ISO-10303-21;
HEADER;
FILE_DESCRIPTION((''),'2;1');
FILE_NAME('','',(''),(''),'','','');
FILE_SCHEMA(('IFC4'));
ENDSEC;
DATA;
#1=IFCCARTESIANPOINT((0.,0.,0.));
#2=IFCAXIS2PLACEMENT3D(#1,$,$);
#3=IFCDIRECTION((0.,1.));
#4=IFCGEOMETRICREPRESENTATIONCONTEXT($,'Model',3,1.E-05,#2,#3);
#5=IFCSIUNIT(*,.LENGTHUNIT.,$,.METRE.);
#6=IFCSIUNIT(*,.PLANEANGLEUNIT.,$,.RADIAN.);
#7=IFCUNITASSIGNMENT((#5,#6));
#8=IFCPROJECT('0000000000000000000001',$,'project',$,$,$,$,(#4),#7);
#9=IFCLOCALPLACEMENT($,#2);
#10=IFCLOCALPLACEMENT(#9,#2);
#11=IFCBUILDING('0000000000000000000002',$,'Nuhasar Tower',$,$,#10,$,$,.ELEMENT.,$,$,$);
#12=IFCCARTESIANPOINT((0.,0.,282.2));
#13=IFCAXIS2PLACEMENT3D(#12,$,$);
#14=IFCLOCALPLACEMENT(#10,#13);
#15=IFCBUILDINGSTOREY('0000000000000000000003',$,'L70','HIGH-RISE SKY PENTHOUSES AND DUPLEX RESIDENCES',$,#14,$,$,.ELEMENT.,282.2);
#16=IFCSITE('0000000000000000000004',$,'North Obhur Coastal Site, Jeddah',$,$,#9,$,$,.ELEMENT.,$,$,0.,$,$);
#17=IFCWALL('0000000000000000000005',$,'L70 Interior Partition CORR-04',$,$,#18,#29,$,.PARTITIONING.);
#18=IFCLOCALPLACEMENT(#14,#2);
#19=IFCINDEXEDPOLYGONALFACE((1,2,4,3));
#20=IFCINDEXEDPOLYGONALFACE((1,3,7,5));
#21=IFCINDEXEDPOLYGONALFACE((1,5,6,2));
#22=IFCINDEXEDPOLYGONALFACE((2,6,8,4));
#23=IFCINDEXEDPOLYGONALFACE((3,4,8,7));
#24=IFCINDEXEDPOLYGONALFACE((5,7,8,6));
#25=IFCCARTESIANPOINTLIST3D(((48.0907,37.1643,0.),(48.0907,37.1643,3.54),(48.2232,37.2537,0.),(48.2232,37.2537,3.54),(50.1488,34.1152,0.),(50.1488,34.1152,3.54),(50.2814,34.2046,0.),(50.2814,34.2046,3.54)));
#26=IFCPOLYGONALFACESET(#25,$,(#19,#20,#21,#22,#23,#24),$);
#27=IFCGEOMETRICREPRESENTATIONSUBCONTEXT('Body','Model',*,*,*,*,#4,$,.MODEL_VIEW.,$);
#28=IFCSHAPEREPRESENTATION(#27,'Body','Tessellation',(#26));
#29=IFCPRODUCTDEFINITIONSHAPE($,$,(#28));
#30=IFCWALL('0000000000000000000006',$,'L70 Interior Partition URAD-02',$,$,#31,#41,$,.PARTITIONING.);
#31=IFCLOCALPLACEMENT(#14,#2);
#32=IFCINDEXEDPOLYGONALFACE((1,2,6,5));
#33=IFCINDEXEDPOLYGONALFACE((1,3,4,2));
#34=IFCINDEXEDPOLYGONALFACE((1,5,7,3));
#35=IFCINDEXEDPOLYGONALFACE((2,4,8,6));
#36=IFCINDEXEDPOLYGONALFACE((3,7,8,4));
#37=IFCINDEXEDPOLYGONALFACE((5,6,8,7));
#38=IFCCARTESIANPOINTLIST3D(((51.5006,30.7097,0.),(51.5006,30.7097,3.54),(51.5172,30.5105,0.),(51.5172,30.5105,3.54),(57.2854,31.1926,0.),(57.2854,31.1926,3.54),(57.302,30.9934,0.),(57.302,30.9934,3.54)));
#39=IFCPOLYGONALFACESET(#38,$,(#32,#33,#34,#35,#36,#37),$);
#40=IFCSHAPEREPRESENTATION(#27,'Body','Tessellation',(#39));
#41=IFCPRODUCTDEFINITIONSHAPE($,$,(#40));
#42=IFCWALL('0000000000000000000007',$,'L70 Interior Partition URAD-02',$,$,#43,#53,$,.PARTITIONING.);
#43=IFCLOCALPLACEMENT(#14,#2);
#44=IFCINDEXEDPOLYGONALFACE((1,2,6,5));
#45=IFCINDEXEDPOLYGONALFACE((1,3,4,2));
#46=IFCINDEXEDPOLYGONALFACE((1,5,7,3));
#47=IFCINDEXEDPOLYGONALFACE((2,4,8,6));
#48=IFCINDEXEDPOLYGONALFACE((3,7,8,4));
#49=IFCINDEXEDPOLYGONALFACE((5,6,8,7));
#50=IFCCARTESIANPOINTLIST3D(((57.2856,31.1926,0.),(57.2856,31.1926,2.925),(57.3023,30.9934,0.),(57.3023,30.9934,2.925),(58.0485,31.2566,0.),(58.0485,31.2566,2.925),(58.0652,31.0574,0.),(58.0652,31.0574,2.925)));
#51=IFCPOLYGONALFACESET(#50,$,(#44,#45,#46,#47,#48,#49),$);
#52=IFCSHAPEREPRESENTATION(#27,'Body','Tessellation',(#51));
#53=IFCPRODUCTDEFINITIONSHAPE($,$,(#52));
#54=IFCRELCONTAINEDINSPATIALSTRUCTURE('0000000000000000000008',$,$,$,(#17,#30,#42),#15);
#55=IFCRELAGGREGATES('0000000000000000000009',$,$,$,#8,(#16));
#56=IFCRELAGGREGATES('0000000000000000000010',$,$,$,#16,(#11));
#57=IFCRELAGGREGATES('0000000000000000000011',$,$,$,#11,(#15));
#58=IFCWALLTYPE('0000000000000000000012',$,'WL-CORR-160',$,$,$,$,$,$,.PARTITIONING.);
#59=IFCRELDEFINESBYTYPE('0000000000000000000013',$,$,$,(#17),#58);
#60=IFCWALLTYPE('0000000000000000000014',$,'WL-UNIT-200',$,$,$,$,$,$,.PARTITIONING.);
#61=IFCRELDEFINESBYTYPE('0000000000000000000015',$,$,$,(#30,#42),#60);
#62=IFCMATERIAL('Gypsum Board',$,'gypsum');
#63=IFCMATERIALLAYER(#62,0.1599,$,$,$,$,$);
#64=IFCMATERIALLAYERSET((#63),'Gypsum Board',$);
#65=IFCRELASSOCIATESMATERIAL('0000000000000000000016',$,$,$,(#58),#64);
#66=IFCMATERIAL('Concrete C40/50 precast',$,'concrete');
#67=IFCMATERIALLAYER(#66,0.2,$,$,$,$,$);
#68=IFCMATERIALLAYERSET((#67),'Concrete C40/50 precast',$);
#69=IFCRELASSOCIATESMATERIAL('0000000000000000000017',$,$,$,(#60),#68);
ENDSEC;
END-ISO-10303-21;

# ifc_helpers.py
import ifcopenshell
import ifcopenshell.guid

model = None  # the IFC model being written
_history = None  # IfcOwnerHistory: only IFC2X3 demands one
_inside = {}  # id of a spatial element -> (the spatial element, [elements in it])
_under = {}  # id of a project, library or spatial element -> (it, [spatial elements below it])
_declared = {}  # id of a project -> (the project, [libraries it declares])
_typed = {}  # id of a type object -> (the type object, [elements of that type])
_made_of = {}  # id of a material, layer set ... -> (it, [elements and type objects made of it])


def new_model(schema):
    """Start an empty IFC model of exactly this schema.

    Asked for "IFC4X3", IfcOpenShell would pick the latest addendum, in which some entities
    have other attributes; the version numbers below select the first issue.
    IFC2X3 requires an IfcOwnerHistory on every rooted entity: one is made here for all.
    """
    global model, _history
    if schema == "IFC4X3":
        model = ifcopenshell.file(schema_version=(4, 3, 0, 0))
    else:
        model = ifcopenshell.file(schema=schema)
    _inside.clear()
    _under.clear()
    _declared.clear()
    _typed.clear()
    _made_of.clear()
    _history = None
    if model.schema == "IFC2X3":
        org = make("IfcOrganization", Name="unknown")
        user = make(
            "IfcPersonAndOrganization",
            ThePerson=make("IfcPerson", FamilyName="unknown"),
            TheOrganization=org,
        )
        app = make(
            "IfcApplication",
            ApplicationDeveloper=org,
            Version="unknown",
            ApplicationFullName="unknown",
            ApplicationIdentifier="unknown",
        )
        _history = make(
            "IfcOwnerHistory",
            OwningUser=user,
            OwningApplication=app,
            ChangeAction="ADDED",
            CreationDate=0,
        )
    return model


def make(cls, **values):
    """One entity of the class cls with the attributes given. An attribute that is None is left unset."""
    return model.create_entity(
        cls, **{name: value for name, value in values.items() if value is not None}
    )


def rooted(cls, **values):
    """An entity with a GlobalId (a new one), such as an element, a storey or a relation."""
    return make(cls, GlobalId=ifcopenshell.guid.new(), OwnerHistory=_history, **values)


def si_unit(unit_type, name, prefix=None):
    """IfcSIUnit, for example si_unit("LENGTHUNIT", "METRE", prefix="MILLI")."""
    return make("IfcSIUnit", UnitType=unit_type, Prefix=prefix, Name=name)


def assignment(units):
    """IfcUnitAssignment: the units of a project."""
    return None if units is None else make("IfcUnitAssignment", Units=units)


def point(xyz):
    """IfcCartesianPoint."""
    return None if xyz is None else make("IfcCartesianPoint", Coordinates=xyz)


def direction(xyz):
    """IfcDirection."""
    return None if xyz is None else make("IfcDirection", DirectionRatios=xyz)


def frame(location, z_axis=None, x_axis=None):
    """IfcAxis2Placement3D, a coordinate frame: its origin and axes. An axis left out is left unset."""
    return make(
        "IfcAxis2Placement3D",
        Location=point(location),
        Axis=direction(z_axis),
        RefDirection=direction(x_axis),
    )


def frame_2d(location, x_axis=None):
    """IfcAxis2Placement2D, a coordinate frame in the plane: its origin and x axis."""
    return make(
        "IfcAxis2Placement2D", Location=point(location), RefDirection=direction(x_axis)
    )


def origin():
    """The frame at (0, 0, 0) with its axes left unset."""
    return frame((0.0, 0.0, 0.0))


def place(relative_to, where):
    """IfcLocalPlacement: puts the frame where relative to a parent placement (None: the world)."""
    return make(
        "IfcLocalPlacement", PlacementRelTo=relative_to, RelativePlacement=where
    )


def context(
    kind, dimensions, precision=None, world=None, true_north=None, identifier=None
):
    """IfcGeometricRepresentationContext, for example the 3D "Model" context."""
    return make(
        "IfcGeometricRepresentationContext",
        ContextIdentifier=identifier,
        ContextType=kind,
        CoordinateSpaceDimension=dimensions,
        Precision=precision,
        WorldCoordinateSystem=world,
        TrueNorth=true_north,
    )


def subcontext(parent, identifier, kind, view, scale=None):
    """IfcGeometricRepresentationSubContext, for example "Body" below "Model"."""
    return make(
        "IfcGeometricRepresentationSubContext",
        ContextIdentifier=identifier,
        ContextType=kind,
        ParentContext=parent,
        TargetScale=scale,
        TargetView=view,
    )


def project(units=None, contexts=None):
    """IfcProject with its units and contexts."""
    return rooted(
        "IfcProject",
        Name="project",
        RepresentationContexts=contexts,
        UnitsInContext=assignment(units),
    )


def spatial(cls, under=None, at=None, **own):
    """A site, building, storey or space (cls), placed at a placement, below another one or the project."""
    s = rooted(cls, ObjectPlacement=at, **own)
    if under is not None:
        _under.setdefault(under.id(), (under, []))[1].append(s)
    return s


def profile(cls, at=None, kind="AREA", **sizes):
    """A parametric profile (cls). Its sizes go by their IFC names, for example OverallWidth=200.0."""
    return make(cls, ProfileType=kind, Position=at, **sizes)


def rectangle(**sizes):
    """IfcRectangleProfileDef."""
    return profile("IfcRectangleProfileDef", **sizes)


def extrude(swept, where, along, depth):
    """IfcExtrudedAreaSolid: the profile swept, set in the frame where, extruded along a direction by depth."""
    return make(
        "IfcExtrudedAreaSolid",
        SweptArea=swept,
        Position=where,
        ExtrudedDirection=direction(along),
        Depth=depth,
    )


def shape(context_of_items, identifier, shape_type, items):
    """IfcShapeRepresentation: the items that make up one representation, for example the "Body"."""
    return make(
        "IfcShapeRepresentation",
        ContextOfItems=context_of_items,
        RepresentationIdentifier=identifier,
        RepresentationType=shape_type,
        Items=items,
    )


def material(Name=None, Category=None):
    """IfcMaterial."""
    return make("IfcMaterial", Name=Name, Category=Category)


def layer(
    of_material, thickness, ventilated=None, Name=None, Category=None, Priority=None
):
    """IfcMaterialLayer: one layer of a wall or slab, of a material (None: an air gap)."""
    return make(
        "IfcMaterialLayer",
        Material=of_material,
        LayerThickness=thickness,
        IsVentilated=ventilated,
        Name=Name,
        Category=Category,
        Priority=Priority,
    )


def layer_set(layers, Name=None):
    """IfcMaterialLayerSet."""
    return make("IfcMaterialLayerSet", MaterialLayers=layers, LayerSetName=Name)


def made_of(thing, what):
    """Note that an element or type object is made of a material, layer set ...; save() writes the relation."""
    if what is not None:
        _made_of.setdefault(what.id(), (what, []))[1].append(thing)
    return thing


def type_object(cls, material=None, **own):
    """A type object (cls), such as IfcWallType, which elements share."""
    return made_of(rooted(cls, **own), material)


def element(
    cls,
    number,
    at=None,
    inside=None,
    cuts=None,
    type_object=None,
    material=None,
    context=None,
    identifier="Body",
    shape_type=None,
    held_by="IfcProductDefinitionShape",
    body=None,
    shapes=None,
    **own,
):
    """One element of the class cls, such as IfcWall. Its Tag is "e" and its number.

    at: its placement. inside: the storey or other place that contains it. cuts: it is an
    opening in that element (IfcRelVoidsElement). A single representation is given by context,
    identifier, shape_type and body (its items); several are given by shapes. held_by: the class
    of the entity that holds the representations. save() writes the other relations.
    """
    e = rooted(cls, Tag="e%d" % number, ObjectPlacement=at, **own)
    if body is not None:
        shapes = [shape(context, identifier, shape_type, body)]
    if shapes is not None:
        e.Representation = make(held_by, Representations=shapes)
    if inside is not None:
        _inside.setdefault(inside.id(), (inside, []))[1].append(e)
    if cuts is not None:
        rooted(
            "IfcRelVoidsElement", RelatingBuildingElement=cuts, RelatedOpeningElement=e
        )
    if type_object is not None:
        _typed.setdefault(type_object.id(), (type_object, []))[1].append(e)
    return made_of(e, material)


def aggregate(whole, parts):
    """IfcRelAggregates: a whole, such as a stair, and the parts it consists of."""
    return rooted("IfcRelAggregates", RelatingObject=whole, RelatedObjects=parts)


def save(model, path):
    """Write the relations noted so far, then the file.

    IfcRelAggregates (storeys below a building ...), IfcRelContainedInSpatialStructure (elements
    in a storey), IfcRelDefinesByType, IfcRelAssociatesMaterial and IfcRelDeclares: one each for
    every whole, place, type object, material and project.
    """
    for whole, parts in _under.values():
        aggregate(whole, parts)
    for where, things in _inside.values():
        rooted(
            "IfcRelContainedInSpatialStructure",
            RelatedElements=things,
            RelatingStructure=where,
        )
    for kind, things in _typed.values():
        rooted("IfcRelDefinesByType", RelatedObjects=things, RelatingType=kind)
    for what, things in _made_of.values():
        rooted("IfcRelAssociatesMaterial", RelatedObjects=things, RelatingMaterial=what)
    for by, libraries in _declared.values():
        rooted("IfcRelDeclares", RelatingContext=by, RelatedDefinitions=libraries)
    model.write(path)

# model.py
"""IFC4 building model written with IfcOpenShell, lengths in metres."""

from ifc_helpers import new_model, si_unit, direction, frame, frame_2d, origin, place, context, subcontext, project, spatial, rectangle, extrude, material, layer, layer_set, type_object, element, save


model = new_model("IFC4")

# Units and contexts
model_context = context("Model", 3, precision=1e-05, world=origin(), true_north=direction((0.0, 1.0)))
body_context = subcontext(model_context, "Body", "Model", "MODEL_VIEW")
ifc_project = project(units=[si_unit("LENGTHUNIT", "METRE"), si_unit("PLANEANGLEUNIT", "RADIAN")], contexts=[model_context])

# Site, building, storey
site_placement = place(None, origin())
site = spatial("IfcSite", under=ifc_project, at=site_placement, Name="North Obhur Coastal Site, Jeddah", CompositionType="ELEMENT", RefElevation=0.0)
building_placement = place(site_placement, origin())
building = spatial("IfcBuilding", under=site, at=building_placement, Name="Nuhasar Tower", CompositionType="ELEMENT")
storey_placement = place(building_placement, frame((0.0, 0.0, 282.2)))
storey = spatial("IfcBuildingStorey", under=building, at=storey_placement, Name="L70", Description="HIGH-RISE SKY PENTHOUSES AND DUPLEX RESIDENCES", CompositionType="ELEMENT", Elevation=282.2)

# Shared definitions
ifc_material_1 = material(Name="Gypsum Board", Category="gypsum")
ifc_layer_1 = layer(ifc_material_1, 0.1599)
ifc_layer_set_1 = layer_set([ifc_layer_1], Name="Gypsum Board")
wall_type_1 = type_object("IfcWallType", Name="WL-CORR-160", PredefinedType="PARTITIONING", material=ifc_layer_set_1)

# Walls
wall_1_placement = place(storey_placement, frame((50.2151, 34.1599, 0.0), z_axis=(0.0, 0.0, 1.0), x_axis=(-0.559469, 0.828851, 0.0)))
element("IfcWall", 1, at=wall_1_placement, inside=storey, type_object=wall_type_1, Name="L70 Interior Partition CORR-04", PredefinedType="PARTITIONING", context=body_context, shape_type="SweptSolid", body=[
    extrude(rectangle(XDim=3.6787, YDim=0.1599, at=frame_2d((1.8394, 0.0))), origin(), (0.0, 0.0, 1.0), 3.54),
])
ifc_material_2 = material(Name="Concrete C40/50 precast", Category="concrete")
ifc_layer_2 = layer(ifc_material_2, 0.2)
ifc_layer_set_2 = layer_set([ifc_layer_2], Name="Concrete C40/50 precast")
wall_type_2 = type_object("IfcWallType", Name="WL-UNIT-200", PredefinedType="PARTITIONING", material=ifc_layer_set_2)
wall_2_placement = place(storey_placement, frame((51.509, 30.6101, 0.0), z_axis=(0.0, 0.0, 1.0), x_axis=(0.996534, 0.083188, 0.0)))
element("IfcWall", 2, at=wall_2_placement, inside=storey, type_object=wall_type_2, Name="L70 Interior Partition URAD-02", PredefinedType="PARTITIONING", context=body_context, shape_type="SweptSolid", body=[
    extrude(rectangle(XDim=5.8049, YDim=0.2, at=frame_2d((2.9023, 0.0))), origin(), (0.0, 0.0, 1.0), 3.54),
])
wall_3_placement = place(storey_placement, frame((57.2939, 31.093, 0.0), z_axis=(0.0, 0.0, 1.0), x_axis=(0.996504, 0.083547, 0.0)))
element("IfcWall", 3, at=wall_3_placement, inside=storey, type_object=wall_type_2, Name="L70 Interior Partition URAD-02", PredefinedType="PARTITIONING", context=body_context, shape_type="SweptSolid", body=[
    extrude(rectangle(XDim=0.7656, YDim=0.2, at=frame_2d((0.3828, 0.0))), origin(), (0.0, 0.0, 1.0), 2.925),
])

save(model, "model.ifc")
